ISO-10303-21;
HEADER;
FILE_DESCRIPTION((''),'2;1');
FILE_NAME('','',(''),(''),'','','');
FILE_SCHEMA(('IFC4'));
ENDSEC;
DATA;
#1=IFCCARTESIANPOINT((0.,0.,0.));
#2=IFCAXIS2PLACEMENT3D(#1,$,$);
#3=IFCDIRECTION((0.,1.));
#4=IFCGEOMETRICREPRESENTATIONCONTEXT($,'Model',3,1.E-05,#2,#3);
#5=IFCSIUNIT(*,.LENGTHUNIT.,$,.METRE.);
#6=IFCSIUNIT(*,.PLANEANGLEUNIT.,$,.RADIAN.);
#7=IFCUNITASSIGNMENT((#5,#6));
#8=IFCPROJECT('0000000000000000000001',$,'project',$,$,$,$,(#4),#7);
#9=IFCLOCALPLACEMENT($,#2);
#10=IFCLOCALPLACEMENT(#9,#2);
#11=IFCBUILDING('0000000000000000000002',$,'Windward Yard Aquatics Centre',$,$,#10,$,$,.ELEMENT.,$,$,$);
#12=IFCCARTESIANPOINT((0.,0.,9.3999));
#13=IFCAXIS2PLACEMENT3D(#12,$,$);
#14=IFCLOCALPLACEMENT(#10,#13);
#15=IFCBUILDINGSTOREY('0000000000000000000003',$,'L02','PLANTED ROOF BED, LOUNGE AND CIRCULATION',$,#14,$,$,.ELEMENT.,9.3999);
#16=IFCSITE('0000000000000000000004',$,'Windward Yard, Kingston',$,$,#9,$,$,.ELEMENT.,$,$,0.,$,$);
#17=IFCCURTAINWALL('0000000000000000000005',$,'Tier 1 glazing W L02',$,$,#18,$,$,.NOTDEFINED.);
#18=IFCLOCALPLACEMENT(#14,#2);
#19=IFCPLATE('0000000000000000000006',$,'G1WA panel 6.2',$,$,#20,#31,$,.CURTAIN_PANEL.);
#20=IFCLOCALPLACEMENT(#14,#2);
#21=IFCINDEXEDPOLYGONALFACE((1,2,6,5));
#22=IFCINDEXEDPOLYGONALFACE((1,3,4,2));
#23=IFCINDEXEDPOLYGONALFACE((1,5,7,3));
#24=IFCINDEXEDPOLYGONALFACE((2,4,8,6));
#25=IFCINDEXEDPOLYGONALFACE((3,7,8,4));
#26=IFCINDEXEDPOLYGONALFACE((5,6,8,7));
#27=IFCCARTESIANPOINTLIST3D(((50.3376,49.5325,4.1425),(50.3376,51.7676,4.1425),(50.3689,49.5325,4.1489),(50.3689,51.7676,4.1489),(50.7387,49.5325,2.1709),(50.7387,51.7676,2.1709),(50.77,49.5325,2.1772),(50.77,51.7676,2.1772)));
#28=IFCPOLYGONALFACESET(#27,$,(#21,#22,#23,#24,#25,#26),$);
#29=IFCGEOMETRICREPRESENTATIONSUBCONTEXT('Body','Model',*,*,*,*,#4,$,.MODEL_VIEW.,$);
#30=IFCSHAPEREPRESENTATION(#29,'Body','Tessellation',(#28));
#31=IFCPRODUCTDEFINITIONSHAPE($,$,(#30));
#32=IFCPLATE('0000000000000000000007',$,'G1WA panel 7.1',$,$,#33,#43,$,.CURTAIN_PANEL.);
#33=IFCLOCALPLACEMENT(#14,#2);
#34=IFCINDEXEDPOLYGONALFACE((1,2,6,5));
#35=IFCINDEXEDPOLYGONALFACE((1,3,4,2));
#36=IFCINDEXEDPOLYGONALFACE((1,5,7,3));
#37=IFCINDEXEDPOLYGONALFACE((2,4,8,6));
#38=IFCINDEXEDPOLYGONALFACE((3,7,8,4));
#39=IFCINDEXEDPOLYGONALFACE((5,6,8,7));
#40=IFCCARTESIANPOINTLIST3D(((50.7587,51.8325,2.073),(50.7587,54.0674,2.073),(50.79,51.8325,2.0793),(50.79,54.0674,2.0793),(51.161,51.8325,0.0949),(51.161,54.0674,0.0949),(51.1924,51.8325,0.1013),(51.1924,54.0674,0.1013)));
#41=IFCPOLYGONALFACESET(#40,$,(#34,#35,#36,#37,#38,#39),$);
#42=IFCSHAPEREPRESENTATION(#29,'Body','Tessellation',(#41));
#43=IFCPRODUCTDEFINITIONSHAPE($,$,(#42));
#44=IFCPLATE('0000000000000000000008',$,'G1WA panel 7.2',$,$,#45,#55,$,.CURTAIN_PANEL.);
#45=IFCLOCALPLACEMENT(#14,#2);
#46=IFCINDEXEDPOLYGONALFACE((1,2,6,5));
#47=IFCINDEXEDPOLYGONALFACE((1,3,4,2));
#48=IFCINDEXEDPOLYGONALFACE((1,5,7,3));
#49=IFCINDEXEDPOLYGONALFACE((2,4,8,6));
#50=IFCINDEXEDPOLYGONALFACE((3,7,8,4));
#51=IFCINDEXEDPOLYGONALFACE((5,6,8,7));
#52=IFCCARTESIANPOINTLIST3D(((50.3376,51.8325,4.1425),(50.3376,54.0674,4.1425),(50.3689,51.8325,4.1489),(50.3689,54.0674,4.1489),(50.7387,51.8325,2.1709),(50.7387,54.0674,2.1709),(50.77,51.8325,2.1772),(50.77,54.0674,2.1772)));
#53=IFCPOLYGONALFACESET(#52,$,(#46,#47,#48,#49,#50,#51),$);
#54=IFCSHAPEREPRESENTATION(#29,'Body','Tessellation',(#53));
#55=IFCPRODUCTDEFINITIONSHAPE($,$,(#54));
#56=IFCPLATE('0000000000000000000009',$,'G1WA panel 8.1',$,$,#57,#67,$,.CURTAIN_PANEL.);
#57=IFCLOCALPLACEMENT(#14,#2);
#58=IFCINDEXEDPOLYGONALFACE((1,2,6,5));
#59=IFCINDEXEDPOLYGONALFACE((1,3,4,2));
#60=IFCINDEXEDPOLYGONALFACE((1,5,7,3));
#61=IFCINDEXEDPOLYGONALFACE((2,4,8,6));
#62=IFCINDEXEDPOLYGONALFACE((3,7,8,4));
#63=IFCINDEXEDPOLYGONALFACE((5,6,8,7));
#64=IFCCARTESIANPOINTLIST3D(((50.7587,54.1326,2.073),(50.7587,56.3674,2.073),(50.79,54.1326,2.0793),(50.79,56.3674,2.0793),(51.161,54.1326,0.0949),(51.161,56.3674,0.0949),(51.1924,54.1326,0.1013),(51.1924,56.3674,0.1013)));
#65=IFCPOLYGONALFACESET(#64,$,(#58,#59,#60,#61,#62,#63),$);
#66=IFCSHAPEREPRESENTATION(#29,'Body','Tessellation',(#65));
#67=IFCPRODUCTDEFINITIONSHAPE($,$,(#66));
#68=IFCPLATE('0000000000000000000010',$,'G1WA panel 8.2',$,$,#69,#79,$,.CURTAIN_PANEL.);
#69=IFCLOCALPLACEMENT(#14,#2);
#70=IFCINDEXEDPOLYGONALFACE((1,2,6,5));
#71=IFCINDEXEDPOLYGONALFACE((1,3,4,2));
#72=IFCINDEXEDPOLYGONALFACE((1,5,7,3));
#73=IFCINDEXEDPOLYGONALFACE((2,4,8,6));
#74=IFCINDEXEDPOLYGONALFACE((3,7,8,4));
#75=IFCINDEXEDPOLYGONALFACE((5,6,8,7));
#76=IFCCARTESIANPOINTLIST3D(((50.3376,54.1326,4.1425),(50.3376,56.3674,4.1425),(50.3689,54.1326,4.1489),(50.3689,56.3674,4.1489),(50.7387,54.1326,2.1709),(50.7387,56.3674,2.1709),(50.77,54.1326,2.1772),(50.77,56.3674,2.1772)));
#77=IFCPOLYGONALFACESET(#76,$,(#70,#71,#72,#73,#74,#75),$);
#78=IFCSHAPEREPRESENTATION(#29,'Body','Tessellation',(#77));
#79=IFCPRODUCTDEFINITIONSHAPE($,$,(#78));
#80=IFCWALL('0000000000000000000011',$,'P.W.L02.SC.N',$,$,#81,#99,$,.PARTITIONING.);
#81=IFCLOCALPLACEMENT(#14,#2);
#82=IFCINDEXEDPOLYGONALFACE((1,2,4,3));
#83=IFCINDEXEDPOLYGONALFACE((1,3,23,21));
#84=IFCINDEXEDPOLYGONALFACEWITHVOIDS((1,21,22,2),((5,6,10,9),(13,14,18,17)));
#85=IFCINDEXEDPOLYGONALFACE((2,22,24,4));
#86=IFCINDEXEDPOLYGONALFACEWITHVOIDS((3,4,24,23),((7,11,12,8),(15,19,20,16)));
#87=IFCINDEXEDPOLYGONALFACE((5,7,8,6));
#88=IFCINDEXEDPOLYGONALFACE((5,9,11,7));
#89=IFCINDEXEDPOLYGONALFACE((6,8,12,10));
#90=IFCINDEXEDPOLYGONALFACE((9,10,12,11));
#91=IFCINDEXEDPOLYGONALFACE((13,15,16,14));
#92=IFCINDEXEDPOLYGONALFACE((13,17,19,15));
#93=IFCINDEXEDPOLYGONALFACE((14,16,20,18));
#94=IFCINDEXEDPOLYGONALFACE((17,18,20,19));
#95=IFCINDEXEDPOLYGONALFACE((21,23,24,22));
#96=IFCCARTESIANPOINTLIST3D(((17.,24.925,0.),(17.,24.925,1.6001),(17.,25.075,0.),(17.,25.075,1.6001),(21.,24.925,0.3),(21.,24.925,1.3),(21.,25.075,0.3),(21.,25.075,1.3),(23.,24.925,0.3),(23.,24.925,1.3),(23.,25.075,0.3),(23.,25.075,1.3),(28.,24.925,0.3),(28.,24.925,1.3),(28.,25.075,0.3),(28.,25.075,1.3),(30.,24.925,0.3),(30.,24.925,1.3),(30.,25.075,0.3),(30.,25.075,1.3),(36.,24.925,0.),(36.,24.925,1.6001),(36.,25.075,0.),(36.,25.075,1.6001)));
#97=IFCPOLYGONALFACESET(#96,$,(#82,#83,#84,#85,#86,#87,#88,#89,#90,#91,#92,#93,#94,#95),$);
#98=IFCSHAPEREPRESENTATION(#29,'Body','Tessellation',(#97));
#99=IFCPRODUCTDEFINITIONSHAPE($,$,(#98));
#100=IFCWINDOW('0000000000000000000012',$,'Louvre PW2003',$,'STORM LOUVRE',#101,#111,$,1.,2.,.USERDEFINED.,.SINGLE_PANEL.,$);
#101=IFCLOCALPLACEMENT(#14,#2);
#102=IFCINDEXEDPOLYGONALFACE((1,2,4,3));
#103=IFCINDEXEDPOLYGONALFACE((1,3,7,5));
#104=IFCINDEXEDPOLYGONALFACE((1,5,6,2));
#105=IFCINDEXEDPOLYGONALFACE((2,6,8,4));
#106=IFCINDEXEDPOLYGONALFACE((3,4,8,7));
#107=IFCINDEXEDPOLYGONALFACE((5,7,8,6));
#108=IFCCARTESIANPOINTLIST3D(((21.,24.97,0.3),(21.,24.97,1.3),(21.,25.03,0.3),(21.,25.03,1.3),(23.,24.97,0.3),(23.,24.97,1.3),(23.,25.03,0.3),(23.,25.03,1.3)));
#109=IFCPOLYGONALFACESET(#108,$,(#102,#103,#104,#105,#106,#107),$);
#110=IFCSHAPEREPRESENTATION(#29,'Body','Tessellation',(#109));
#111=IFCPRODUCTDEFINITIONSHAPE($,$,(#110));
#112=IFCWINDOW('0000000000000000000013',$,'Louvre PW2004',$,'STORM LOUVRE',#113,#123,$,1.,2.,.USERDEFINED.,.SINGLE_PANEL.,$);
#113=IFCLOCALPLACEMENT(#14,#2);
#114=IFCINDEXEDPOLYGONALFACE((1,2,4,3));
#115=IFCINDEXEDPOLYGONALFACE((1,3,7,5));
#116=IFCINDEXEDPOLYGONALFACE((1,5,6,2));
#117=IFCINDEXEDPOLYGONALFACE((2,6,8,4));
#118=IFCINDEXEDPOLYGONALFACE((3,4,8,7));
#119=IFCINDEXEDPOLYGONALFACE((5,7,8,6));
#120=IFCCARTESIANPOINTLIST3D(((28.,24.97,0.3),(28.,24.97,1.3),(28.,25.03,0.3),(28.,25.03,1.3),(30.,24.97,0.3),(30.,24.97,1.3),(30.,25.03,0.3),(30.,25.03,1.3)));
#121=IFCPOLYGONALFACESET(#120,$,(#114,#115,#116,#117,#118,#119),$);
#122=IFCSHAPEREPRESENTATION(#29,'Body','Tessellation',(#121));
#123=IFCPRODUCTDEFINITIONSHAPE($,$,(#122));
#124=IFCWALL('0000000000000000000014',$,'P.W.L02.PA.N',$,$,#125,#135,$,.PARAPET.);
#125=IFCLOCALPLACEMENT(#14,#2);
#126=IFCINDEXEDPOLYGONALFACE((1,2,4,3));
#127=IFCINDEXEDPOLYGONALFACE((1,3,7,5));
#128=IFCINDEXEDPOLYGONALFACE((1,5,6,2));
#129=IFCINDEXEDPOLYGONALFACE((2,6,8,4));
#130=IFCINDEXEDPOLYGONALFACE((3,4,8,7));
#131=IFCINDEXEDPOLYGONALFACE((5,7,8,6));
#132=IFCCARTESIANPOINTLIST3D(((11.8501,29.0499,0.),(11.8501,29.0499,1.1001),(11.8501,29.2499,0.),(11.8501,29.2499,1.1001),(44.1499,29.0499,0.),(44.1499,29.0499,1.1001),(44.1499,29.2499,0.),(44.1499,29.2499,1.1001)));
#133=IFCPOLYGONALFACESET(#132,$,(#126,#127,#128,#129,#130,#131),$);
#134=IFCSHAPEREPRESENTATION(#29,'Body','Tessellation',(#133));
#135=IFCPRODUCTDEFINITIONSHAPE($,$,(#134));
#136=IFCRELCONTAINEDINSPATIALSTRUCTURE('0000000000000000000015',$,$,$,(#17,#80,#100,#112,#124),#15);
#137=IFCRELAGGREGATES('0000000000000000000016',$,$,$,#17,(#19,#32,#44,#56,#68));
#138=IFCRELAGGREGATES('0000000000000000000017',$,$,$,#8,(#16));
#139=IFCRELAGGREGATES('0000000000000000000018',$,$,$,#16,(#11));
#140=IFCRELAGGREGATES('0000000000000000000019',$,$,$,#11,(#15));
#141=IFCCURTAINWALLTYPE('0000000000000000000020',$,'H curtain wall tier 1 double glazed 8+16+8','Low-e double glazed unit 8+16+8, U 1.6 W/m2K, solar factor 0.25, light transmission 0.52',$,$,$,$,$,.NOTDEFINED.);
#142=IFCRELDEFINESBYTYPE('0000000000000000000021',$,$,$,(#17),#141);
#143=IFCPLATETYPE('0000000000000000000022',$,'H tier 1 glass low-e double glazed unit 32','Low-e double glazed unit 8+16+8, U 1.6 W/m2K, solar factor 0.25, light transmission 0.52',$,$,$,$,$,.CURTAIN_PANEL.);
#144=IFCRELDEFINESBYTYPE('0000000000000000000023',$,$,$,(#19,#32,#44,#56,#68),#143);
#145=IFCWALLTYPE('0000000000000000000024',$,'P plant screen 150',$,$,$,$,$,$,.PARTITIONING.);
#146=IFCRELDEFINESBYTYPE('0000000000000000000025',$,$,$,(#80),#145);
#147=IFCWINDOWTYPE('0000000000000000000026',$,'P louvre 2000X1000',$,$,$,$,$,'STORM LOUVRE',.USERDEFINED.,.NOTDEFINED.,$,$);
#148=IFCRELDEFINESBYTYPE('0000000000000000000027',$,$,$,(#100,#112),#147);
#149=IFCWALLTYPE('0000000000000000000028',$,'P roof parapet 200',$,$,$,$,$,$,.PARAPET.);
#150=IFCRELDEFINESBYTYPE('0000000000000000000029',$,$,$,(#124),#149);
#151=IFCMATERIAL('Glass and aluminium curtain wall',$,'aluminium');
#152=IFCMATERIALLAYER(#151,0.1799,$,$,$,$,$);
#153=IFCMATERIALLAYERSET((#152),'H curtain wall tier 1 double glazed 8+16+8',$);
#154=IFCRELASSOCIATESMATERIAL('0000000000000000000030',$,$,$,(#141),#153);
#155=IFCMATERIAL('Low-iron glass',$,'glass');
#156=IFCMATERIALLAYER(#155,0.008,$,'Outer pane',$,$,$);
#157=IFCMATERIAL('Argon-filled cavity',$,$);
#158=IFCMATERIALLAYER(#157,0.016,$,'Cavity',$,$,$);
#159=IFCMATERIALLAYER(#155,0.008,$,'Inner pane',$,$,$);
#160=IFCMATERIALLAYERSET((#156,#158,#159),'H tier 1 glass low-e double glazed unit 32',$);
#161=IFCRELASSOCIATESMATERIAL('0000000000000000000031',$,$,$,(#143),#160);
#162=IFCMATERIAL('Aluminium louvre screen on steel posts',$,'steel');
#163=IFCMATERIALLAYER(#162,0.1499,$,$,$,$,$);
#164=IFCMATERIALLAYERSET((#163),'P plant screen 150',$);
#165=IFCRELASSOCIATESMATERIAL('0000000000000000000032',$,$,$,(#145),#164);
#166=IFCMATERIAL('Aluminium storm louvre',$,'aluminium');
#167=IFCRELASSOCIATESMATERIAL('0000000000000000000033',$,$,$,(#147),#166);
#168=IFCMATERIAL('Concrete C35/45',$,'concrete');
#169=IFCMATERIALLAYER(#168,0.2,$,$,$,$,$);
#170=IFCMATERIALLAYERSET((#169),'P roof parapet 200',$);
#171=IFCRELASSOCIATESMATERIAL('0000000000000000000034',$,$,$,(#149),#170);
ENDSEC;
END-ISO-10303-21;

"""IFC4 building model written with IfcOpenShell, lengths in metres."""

from ifc_helpers import new_model, si_unit, direction, frame, frame_2d, origin, place, context, subcontext, project, spatial, polyline, rectangle, outline, extrude, material, layer, layer_set, type_object, element, fill, aggregate, save


model = new_model("IFC4")

# Units and contexts
model_context = context("Model", 3, precision=1e-05, world=origin(), true_north=direction((0.0, 1.0)))
body_context = subcontext(model_context, "Body", "Model", "MODEL_VIEW")
ifc_project = project(units=[si_unit("LENGTHUNIT", "METRE"), si_unit("PLANEANGLEUNIT", "RADIAN")], contexts=[model_context])

# Site, building, storey
site_placement = place(None, origin())
site = spatial("IfcSite", under=ifc_project, at=site_placement, Name="Windward Yard, Kingston", CompositionType="ELEMENT", RefElevation=0.0)
building_placement = place(site_placement, origin())
building = spatial("IfcBuilding", under=site, at=building_placement, Name="Windward Yard Aquatics Centre", CompositionType="ELEMENT")
storey_placement = place(building_placement, frame((0.0, 0.0, 9.3999)))
storey = spatial("IfcBuildingStorey", under=building, at=storey_placement, Name="L02", Description="PLANTED ROOF BED, LOUNGE AND CIRCULATION", CompositionType="ELEMENT", Elevation=9.3999)

# Curtain wall, plates
ifc_material_1 = material(Name="Glass and aluminium curtain wall", Category="aluminium")
ifc_layer_1 = layer(ifc_material_1, 0.1799)
ifc_layer_set_1 = layer_set([ifc_layer_1], Name="H curtain wall tier 1 double glazed 8+16+8")
curtain_wall_type = type_object("IfcCurtainWallType", Name="H curtain wall tier 1 double glazed 8+16+8", Description="Low-e double glazed unit 8+16+8, U 1.6 W/m2K, solar factor 0.25, light transmission 0.52", PredefinedType="NOTDEFINED", material=ifc_layer_set_1)
curtain_wall_placement = place(storey_placement, origin())
curtain_wall = element("IfcCurtainWall", 1, at=curtain_wall_placement, inside=storey, type_object=curtain_wall_type, Name="Tier 1 glazing W L02", PredefinedType="NOTDEFINED")
ifc_material_2 = material(Name="Low-iron glass", Category="glass")
ifc_layer_2 = layer(ifc_material_2, 0.008, Name="Outer pane")
ifc_material_3 = material(Name="Argon-filled cavity")
ifc_layer_3 = layer(ifc_material_3, 0.016, Name="Cavity")
ifc_layer_4 = layer(ifc_material_2, 0.008, Name="Inner pane")
ifc_layer_set_2 = layer_set([ifc_layer_2, ifc_layer_3, ifc_layer_4], Name="H tier 1 glass low-e double glazed unit 32")
plate_type = type_object("IfcPlateType", Name="H tier 1 glass low-e double glazed unit 32", Description="Low-e double glazed unit 8+16+8, U 1.6 W/m2K, solar factor 0.25, light transmission 0.52", PredefinedType="CURTAIN_PANEL", material=ifc_layer_set_2)
plate_1_placement = place(storey_placement, frame((50.3689, 49.5325, 4.1489), z_axis=(0.979927, 0.0, 0.199359), x_axis=(0.199359, 0.0, -0.979927)))
plate_1 = element("IfcPlate", 2, at=plate_1_placement, type_object=plate_type, Name="G1WA panel 6.2", PredefinedType="CURTAIN_PANEL", context=body_context, shape_type="SweptSolid", body=[
    extrude(outline(polyline([(0.0, 0.0), (2.0121, 0.0), (2.0121, 2.2351), (0.0, 2.2351), (0.0, 0.0)])), origin(), (0.0, 0.0, -1.0), 0.032),
])
plate_2_placement = place(storey_placement, frame((50.79, 51.8325, 2.0793), z_axis=(0.979933, 0.0, 0.199325), x_axis=(0.199325, 0.0, -0.979933)))
plate_2 = element("IfcPlate", 3, at=plate_2_placement, type_object=plate_type, Name="G1WA panel 7.1", PredefinedType="CURTAIN_PANEL", context=body_context, shape_type="SweptSolid", body=[
    extrude(outline(polyline([(0.0, 0.0), (2.0185, 0.0), (2.0185, 2.2349), (0.0, 2.2349), (0.0, 0.0)])), origin(), (0.0, 0.0, -1.0), 0.032),
])
plate_3_placement = place(storey_placement, frame((50.3689, 51.8325, 4.1489), z_axis=(0.979927, 0.0, 0.199359), x_axis=(0.199359, 0.0, -0.979927)))
plate_3 = element("IfcPlate", 4, at=plate_3_placement, type_object=plate_type, Name="G1WA panel 7.2", PredefinedType="CURTAIN_PANEL", context=body_context, shape_type="SweptSolid", body=[
    extrude(outline(polyline([(0.0, 0.0), (2.0121, 0.0), (2.0121, 2.2349), (0.0, 2.2349), (0.0, 0.0)])), origin(), (0.0, 0.0, -1.0), 0.032),
])
plate_4_placement = place(storey_placement, frame((50.79, 54.1326, 2.0793), z_axis=(0.979933, 0.0, 0.199325), x_axis=(0.199325, 0.0, -0.979933)))
plate_4 = element("IfcPlate", 5, at=plate_4_placement, type_object=plate_type, Name="G1WA panel 8.1", PredefinedType="CURTAIN_PANEL", context=body_context, shape_type="SweptSolid", body=[
    extrude(outline(polyline([(0.0, 0.0), (2.0185, 0.0), (2.0185, 2.2349), (0.0, 2.2349), (0.0, 0.0)])), origin(), (0.0, 0.0, -1.0), 0.032),
])
plate_5_placement = place(storey_placement, frame((50.3689, 54.1326, 4.1489), z_axis=(0.979927, 0.0, 0.199359), x_axis=(0.199359, 0.0, -0.979927)))
plate_5 = element("IfcPlate", 6, at=plate_5_placement, type_object=plate_type, Name="G1WA panel 8.2", PredefinedType="CURTAIN_PANEL", context=body_context, shape_type="SweptSolid", body=[
    extrude(outline(polyline([(0.0, 0.0), (2.0121, 0.0), (2.0121, 2.2349), (0.0, 2.2349), (0.0, 0.0)])), origin(), (0.0, 0.0, -1.0), 0.032),
])
aggregate(curtain_wall, [plate_1, plate_2, plate_3, plate_4, plate_5])

# Wall, openings, windows
ifc_material_4 = material(Name="Aluminium louvre screen on steel posts", Category="steel")
ifc_layer_5 = layer(ifc_material_4, 0.1499)
ifc_layer_set_3 = layer_set([ifc_layer_5], Name="P plant screen 150")
wall_type_1 = type_object("IfcWallType", Name="P plant screen 150", PredefinedType="PARTITIONING", material=ifc_layer_set_3)
wall_1_placement = place(storey_placement, frame((17.0, 25.0, 0.0), z_axis=(0.0, 0.0, 1.0), x_axis=(1.0, 0.0, 0.0)))
wall_1 = element("IfcWall", 7, at=wall_1_placement, inside=storey, type_object=wall_type_1, Name="P.W.L02.SC.N", PredefinedType="PARTITIONING", context=body_context, shape_type="SweptSolid", body=[
    extrude(rectangle(XDim=19.0, YDim=0.1499, at=frame_2d((9.5, 0.0))), origin(), (0.0, 0.0, 1.0), 1.6001),
])
opening_1_placement = place(wall_1_placement, frame((4.0, 0.0, 0.3)))
opening_1 = element("IfcOpeningElement", 8, at=opening_1_placement, cuts=wall_1, PredefinedType="OPENING", context=body_context, shape_type="SweptSolid", body=[
    extrude(rectangle(XDim=2.0, YDim=1.0, at=frame_2d((1.0, 0.5))), frame((0.0, 0.085, 0.0), z_axis=(0.0, -1.0, 0.0), x_axis=(1.0, 0.0, 0.0)), (0.0, 0.0, 1.0), 0.1699),
])
opening_2_placement = place(wall_1_placement, frame((11.0, 0.0, 0.3)))
opening_2 = element("IfcOpeningElement", 9, at=opening_2_placement, cuts=wall_1, PredefinedType="OPENING", context=body_context, shape_type="SweptSolid", body=[
    extrude(rectangle(XDim=2.0, YDim=1.0, at=frame_2d((1.0, 0.5))), frame((0.0, 0.085, 0.0), z_axis=(0.0, -1.0, 0.0), x_axis=(1.0, 0.0, 0.0)), (0.0, 0.0, 1.0), 0.1699),
])
ifc_material_5 = material(Name="Aluminium storm louvre", Category="aluminium")
window_type = type_object("IfcWindowType", Name="P louvre 2000X1000", ElementType="STORM LOUVRE", PartitioningType="NOTDEFINED", PredefinedType="USERDEFINED", material=ifc_material_5)
window_1_placement = place(opening_1_placement, origin())
window_1 = element("IfcWindow", 10, at=window_1_placement, inside=storey, type_object=window_type, Name="Louvre PW2003", ObjectType="STORM LOUVRE", OverallHeight=1.0, OverallWidth=2.0, PartitioningType="SINGLE_PANEL", PredefinedType="USERDEFINED", context=body_context, shape_type="SweptSolid", body=[
    extrude(rectangle(XDim=2.0, YDim=1.0, at=frame_2d((1.0, 0.5))), frame((0.0, 0.03, 0.0), z_axis=(0.0, -1.0, 0.0), x_axis=(1.0, 0.0, 0.0)), (0.0, 0.0, 1.0), 0.0601),
])
fill(opening_1, window_1)
window_2_placement = place(opening_2_placement, origin())
window_2 = element("IfcWindow", 11, at=window_2_placement, inside=storey, type_object=window_type, Name="Louvre PW2004", ObjectType="STORM LOUVRE", OverallHeight=1.0, OverallWidth=2.0, PartitioningType="SINGLE_PANEL", PredefinedType="USERDEFINED", context=body_context, shape_type="SweptSolid", body=[
    extrude(rectangle(XDim=2.0, YDim=1.0, at=frame_2d((1.0, 0.5))), frame((0.0, 0.03, 0.0), z_axis=(0.0, -1.0, 0.0), x_axis=(1.0, 0.0, 0.0)), (0.0, 0.0, 1.0), 0.0601),
])
fill(opening_2, window_2)

# Wall
ifc_material_6 = material(Name="Concrete C35/45", Category="concrete")
ifc_layer_6 = layer(ifc_material_6, 0.2)
ifc_layer_set_4 = layer_set([ifc_layer_6], Name="P roof parapet 200")
wall_type_2 = type_object("IfcWallType", Name="P roof parapet 200", PredefinedType="PARAPET", material=ifc_layer_set_4)
wall_2_placement = place(storey_placement, frame((11.8501, 29.1499, 0.0), z_axis=(0.0, 0.0, 1.0), x_axis=(1.0, 0.0, 0.0)))
element("IfcWall", 12, at=wall_2_placement, inside=storey, type_object=wall_type_2, Name="P.W.L02.PA.N", PredefinedType="PARAPET", context=body_context, shape_type="SweptSolid", body=[
    extrude(rectangle(XDim=32.2998, YDim=0.2, at=frame_2d((16.1499, 0.0))), origin(), (0.0, 0.0, 1.0), 1.1001),
])

save(model, "model.ifc")
